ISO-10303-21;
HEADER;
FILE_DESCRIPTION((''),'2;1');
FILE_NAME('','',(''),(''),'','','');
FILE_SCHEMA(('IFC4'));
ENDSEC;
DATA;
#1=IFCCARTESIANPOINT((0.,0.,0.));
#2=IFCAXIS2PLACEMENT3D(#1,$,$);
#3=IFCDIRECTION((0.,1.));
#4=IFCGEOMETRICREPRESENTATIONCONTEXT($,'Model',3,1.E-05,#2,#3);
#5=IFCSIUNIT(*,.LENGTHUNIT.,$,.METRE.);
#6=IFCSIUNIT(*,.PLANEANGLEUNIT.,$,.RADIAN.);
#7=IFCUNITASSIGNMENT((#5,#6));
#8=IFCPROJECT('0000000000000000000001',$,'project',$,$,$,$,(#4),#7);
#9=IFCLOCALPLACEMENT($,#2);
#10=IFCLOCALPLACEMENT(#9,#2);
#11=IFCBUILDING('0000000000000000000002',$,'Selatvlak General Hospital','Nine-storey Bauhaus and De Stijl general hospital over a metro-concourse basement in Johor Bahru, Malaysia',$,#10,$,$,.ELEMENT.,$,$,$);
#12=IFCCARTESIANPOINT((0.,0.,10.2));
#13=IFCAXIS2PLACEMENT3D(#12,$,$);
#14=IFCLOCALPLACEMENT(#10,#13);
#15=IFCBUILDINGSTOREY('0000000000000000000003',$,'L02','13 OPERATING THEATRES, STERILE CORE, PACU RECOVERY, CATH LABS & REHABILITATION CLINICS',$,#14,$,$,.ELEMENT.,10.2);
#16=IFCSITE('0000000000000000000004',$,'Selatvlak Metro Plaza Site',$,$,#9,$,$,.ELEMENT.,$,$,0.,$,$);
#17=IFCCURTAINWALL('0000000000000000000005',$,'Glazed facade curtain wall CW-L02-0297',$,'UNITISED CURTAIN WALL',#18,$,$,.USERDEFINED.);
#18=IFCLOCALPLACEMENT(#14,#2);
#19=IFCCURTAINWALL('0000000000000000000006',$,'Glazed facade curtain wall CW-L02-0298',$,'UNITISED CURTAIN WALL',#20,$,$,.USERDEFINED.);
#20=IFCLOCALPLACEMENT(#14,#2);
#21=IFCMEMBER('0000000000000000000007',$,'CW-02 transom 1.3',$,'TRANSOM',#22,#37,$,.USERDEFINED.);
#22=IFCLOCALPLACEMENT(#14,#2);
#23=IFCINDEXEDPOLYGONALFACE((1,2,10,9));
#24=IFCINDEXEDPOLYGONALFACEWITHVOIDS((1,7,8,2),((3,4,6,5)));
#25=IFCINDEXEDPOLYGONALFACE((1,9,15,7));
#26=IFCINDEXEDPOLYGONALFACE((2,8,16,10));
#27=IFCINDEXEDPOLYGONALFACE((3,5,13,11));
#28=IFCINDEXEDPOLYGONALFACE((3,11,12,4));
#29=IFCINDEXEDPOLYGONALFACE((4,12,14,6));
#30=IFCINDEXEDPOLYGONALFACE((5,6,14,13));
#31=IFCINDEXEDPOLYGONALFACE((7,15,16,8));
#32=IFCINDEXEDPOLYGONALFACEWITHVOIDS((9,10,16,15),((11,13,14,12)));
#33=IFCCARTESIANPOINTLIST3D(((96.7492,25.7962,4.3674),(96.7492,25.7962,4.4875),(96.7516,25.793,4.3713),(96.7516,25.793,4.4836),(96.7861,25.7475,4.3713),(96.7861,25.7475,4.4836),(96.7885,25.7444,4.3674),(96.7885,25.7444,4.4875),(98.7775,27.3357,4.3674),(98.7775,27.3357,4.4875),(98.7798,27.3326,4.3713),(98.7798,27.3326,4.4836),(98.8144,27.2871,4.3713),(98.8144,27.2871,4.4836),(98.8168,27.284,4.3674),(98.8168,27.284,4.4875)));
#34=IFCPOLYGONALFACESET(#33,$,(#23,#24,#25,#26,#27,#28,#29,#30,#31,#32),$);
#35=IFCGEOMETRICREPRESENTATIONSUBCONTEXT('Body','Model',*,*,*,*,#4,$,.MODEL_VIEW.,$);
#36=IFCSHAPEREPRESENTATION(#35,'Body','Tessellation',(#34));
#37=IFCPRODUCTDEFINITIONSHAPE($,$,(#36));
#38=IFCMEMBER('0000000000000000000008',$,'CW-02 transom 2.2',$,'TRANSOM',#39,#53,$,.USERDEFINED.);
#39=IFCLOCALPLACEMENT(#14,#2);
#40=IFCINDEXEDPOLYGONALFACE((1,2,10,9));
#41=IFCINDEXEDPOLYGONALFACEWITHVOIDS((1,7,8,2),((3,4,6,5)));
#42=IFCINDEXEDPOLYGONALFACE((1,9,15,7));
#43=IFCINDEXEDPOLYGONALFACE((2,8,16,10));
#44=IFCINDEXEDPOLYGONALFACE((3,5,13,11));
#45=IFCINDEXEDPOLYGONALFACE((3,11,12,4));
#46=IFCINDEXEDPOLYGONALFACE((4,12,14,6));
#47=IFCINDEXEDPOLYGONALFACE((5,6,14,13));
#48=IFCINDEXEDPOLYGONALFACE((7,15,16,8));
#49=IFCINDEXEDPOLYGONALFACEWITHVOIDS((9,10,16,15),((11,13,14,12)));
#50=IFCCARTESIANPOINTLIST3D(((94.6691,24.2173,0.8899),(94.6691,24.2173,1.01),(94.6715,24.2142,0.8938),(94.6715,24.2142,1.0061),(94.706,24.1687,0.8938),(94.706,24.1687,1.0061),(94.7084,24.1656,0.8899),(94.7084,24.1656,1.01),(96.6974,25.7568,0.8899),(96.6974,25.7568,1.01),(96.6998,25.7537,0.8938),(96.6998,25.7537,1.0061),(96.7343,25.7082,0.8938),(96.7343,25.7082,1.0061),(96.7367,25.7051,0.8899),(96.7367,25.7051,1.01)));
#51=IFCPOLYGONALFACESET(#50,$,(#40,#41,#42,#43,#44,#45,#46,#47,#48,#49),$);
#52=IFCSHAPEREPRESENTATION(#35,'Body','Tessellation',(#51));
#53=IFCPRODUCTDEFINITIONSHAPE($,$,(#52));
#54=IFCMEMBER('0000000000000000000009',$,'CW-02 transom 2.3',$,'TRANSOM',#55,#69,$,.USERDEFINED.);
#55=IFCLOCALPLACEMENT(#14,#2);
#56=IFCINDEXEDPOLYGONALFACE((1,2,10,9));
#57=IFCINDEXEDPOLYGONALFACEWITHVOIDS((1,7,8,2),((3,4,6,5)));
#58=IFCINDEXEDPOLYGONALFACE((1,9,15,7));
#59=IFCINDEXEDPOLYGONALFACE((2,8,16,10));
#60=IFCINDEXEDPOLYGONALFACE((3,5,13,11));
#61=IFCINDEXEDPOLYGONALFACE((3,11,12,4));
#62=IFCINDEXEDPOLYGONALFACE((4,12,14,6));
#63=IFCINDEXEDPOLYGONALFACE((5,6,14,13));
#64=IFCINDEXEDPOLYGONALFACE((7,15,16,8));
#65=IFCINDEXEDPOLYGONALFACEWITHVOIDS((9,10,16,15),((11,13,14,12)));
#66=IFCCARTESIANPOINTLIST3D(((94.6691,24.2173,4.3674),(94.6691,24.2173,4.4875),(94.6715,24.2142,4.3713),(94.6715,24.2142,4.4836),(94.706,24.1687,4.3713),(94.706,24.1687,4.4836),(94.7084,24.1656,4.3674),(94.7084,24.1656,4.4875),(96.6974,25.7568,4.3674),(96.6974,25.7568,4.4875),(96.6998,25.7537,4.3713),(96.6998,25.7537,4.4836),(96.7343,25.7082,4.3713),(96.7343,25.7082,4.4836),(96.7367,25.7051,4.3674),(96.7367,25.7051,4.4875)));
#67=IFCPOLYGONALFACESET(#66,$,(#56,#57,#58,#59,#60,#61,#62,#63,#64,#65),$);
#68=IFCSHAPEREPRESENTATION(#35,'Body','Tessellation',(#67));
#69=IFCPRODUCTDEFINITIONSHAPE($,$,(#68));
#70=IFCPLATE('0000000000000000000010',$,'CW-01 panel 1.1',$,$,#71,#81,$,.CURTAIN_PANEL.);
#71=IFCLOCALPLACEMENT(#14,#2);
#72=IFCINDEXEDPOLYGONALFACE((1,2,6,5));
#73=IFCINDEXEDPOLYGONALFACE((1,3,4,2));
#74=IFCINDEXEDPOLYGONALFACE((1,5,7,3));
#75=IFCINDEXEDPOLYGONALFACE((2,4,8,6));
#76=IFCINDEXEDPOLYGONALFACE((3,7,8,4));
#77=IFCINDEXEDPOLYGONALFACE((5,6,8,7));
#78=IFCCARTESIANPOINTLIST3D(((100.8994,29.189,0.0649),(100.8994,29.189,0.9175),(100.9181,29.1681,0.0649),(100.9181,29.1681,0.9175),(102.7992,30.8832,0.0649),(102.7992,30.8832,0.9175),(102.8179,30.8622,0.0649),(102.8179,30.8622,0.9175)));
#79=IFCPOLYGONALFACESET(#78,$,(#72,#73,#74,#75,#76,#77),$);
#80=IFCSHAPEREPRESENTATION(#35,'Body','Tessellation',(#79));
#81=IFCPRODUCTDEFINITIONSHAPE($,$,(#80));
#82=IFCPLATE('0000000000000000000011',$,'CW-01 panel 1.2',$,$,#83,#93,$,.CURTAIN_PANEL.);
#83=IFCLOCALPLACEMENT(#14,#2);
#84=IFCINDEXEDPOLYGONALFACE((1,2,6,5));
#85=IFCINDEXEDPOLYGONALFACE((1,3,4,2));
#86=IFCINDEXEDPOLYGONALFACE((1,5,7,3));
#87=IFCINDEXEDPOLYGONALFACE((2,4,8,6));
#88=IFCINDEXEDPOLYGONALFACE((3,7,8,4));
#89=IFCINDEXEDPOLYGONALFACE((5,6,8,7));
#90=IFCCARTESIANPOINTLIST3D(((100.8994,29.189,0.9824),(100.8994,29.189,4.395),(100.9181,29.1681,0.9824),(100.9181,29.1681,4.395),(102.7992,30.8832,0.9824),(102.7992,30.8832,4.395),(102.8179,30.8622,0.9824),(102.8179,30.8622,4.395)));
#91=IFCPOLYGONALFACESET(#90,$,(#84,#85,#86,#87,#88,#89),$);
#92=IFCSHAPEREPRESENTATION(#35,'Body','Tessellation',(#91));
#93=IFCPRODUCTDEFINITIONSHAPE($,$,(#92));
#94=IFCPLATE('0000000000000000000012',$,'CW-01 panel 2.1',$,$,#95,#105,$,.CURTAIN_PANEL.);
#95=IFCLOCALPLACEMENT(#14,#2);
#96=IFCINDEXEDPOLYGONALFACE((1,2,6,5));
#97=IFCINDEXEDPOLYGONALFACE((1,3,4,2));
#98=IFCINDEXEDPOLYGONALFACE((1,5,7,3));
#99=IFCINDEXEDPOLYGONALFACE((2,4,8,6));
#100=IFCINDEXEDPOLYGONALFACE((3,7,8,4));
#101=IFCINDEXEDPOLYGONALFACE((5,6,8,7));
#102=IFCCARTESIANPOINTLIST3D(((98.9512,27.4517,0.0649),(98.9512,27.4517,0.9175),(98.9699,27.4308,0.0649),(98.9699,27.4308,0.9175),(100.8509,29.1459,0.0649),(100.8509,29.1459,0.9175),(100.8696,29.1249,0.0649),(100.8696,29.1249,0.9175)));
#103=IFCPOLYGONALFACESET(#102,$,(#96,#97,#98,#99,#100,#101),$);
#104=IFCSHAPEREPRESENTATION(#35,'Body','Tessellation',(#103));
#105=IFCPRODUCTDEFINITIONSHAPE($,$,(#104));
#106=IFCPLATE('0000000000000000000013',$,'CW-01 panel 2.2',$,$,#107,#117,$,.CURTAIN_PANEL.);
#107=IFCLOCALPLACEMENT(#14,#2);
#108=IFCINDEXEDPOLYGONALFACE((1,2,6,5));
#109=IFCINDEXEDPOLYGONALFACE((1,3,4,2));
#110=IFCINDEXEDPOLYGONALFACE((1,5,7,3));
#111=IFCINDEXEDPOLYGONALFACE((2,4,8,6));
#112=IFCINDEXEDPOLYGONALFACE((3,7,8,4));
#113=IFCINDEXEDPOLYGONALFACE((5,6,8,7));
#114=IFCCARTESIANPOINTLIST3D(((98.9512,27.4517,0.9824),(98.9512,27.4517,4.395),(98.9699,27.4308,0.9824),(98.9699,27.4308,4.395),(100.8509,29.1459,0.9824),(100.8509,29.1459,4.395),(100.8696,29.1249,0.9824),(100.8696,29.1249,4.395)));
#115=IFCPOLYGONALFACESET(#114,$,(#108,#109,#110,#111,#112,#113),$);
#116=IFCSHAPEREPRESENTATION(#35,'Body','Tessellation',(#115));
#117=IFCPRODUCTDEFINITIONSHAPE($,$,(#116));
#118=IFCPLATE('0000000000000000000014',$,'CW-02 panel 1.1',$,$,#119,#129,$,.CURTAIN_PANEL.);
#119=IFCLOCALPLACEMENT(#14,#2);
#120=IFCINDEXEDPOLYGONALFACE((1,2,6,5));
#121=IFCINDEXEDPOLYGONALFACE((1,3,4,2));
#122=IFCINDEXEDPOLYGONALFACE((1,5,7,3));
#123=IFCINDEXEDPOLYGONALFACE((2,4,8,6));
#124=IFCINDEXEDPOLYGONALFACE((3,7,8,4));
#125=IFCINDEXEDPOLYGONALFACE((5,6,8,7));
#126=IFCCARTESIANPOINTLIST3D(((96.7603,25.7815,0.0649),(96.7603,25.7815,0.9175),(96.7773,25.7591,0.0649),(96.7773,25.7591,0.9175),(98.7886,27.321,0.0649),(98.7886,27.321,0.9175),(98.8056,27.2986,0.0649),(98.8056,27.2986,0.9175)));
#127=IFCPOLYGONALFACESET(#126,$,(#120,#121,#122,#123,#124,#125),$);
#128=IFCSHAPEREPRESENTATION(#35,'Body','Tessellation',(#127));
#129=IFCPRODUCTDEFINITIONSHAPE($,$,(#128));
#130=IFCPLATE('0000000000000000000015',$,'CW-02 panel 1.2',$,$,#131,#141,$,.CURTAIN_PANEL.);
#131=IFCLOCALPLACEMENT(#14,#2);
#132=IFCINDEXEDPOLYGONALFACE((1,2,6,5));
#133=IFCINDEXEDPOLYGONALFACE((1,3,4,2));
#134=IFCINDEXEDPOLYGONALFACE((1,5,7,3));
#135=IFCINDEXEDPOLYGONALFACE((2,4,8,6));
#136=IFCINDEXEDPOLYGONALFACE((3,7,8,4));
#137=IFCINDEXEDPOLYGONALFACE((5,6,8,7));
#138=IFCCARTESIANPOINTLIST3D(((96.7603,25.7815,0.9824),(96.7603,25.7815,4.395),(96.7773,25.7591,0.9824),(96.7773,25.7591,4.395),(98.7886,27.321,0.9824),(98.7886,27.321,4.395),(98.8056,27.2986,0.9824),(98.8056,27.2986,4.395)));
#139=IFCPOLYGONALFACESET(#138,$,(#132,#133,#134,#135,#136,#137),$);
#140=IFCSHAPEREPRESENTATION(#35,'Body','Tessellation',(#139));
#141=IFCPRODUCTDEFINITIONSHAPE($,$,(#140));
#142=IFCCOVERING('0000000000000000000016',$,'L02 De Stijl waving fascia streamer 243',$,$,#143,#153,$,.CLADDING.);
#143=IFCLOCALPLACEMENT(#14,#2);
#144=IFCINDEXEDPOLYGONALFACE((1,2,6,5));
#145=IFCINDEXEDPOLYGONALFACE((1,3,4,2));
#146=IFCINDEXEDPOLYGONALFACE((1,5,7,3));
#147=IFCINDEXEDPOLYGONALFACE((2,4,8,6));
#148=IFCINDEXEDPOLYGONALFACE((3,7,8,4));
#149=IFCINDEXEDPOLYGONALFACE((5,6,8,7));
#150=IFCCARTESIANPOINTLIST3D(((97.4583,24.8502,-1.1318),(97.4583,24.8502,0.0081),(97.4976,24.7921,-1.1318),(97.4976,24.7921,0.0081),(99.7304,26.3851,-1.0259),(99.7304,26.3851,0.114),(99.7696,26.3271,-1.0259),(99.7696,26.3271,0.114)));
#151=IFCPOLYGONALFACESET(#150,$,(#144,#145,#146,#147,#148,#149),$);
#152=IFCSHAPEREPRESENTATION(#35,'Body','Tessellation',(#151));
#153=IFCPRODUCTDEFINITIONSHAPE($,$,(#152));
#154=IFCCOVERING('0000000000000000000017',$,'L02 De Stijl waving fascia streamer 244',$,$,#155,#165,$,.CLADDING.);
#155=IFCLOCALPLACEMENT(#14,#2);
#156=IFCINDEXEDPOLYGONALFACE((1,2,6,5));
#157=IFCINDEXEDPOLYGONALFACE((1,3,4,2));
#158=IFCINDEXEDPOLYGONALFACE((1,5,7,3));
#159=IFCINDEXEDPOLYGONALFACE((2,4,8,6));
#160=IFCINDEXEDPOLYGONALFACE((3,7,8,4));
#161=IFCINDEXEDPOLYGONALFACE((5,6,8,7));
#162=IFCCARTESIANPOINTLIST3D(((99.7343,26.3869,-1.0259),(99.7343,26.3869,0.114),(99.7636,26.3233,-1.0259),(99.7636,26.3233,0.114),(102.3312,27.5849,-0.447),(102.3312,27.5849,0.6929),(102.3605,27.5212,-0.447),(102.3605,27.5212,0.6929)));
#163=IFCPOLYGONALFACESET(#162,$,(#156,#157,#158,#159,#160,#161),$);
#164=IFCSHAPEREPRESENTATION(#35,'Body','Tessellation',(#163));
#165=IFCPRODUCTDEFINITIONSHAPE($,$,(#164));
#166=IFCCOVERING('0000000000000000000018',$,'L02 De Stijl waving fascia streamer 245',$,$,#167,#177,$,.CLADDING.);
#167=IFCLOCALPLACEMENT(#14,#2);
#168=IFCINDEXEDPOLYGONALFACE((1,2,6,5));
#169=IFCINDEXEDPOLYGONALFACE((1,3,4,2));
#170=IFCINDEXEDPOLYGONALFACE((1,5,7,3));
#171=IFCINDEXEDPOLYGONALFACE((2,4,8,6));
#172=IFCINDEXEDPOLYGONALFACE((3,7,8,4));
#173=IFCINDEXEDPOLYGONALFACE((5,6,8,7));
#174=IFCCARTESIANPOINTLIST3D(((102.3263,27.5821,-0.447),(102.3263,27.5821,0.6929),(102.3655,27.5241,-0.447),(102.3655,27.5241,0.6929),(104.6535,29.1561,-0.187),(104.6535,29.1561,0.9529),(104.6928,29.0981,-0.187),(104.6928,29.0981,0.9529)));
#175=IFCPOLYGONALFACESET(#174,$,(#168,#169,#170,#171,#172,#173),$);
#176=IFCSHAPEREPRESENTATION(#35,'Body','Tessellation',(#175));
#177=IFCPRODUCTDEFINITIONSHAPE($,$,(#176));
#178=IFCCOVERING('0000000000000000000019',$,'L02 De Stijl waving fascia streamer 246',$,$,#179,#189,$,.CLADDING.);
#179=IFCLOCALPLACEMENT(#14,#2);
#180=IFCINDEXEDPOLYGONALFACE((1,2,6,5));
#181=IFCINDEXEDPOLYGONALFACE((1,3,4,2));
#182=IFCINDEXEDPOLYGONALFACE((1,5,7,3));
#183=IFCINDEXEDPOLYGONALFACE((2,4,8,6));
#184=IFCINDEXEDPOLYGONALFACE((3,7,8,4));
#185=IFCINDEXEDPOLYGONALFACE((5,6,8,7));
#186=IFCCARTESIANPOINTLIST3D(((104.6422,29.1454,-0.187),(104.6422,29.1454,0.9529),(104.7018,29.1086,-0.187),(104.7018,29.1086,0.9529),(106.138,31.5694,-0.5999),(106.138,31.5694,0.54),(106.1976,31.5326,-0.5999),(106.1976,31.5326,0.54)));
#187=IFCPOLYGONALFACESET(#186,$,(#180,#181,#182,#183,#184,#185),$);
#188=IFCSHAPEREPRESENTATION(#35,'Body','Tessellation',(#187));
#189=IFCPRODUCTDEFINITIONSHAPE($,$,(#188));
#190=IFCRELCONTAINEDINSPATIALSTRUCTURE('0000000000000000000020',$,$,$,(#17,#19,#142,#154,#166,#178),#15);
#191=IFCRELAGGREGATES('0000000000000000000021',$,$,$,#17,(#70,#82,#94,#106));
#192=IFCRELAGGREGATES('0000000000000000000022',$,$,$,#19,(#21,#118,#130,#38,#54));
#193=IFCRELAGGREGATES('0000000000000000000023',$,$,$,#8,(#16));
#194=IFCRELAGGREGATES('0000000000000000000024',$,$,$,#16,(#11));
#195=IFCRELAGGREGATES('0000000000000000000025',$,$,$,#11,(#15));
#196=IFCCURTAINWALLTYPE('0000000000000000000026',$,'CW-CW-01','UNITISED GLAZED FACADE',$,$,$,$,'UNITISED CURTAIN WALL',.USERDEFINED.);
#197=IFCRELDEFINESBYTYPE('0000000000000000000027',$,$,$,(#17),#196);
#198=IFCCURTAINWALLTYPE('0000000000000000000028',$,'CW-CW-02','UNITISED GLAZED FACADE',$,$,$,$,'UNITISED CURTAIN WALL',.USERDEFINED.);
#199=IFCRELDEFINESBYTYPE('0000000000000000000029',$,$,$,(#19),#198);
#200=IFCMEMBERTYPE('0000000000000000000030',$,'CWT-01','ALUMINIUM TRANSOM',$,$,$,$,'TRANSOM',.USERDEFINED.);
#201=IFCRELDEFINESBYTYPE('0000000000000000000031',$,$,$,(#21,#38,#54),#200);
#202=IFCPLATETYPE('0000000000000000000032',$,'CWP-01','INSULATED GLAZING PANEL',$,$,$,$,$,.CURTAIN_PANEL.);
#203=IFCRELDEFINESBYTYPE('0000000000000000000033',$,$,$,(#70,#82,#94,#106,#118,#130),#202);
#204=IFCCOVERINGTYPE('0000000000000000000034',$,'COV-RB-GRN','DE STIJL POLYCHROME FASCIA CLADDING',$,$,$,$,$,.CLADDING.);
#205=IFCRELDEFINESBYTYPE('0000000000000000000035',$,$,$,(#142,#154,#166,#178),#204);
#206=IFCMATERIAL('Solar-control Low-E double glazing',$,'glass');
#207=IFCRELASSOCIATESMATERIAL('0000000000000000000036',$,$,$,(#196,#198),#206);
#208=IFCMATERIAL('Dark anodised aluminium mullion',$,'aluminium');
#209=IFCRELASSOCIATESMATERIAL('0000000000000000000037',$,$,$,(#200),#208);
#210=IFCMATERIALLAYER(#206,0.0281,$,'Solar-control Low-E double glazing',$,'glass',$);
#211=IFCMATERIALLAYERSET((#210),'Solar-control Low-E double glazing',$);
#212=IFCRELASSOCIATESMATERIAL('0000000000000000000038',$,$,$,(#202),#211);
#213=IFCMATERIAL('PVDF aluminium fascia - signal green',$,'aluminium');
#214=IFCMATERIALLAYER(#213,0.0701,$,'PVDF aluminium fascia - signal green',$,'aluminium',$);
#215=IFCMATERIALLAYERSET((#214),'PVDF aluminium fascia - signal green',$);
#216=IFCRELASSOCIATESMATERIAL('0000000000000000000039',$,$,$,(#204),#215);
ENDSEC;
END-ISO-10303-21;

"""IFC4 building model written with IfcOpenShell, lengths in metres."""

from ifc_helpers import new_model, si_unit, direction, frame, origin, origin_2d, place, context, subcontext, project, spatial, polyline, rectangle, hollow_rectangle, outline, extrude, material, layer, layer_set, material_profile, profile_set, type_object, element, aggregate, save


model = new_model("IFC4")

# Units and contexts
model_context = context("Model", 3, precision=1e-05, world=origin(), true_north=direction((0.0, 1.0)))
body_context = subcontext(model_context, "Body", "Model", "MODEL_VIEW")
ifc_project = project(units=[si_unit("LENGTHUNIT", "METRE"), si_unit("PLANEANGLEUNIT", "RADIAN")], contexts=[model_context])

# Site, building, storey
site_placement = place(None, origin())
site = spatial("IfcSite", under=ifc_project, at=site_placement, Name="Selatvlak Metro Plaza Site", CompositionType="ELEMENT", RefElevation=0.0)
building_placement = place(site_placement, origin())
building = spatial("IfcBuilding", under=site, at=building_placement, Name="Selatvlak General Hospital", Description="Nine-storey Bauhaus and De Stijl general hospital over a metro-concourse basement in Johor Bahru, Malaysia", CompositionType="ELEMENT")
storey_placement = place(building_placement, frame((0.0, 0.0, 10.2)))
storey = spatial("IfcBuildingStorey", under=building, at=storey_placement, Name="L02", Description="13 OPERATING THEATRES, STERILE CORE, PACU RECOVERY, CATH LABS & REHABILITATION CLINICS", CompositionType="ELEMENT", Elevation=10.2)

# Curtain walls
ifc_material_1 = material(Name="Solar-control Low-E double glazing", Category="glass")
curtain_wall_type_1 = type_object("IfcCurtainWallType", Name="CW-CW-01", Description="UNITISED GLAZED FACADE", ElementType="UNITISED CURTAIN WALL", PredefinedType="USERDEFINED", material=ifc_material_1)
curtain_wall_1_placement = place(storey_placement, origin())
curtain_wall_1 = element("IfcCurtainWall", 1, at=curtain_wall_1_placement, inside=storey, type_object=curtain_wall_type_1, Name="Glazed facade curtain wall CW-L02-0297", ObjectType="UNITISED CURTAIN WALL", PredefinedType="USERDEFINED")
ifc_material_2 = material(Name="Dark anodised aluminium mullion", Category="aluminium")
curtain_wall_type_2 = type_object("IfcCurtainWallType", Name="CW-CW-02", Description="UNITISED GLAZED FACADE", ElementType="UNITISED CURTAIN WALL", PredefinedType="USERDEFINED", material=ifc_material_1)
curtain_wall_2_placement = place(storey_placement, origin())
curtain_wall_2 = element("IfcCurtainWall", 2, at=curtain_wall_2_placement, inside=storey, type_object=curtain_wall_type_2, Name="Glazed facade curtain wall CW-L02-0298", ObjectType="UNITISED CURTAIN WALL", PredefinedType="USERDEFINED")

# Members
ifc_material_profile_1 = material_profile(ifc_material_2, hollow_rectangle(XDim=0.0649, YDim=0.1201, WallThickness=0.0039, at=origin_2d()), Name="AL-TRN 65x120x4")
ifc_profile_set_1 = profile_set([ifc_material_profile_1], Name="Dark anodised aluminium mullion")
member_type_1 = type_object("IfcMemberType", Name="CWT-01", Description="ALUMINIUM TRANSOM", ElementType="TRANSOM", PredefinedType="USERDEFINED", material=ifc_profile_set_1)
member_1_placement = place(storey_placement, frame((98.7971, 27.3098, 4.4275), z_axis=(-0.796535, -0.604592, 0.0), x_axis=(0.604592, -0.796535, 0.0)))
member_1 = element("IfcMember", 3, at=member_1_placement, type_object=member_type_1, Name="CW-02 transom 1.3", ObjectType="TRANSOM", PredefinedType="USERDEFINED", context=body_context, shape_type="SweptSolid", body=[
    extrude(hollow_rectangle(XDim=0.0649, YDim=0.1201, WallThickness=0.0039, at=origin_2d()), origin(), (0.0, 0.0, 1.0), 2.5464),
])
member_2_placement = place(storey_placement, frame((96.717, 25.731, 0.95), z_axis=(-0.796535, -0.604592, 0.0), x_axis=(0.604592, -0.796535, 0.0)))
member_2 = element("IfcMember", 4, at=member_2_placement, type_object=member_type_1, Name="CW-02 transom 2.2", ObjectType="TRANSOM", PredefinedType="USERDEFINED", context=body_context, shape_type="SweptSolid", body=[
    extrude(hollow_rectangle(XDim=0.0649, YDim=0.1201, WallThickness=0.0039, at=origin_2d()), origin(), (0.0, 0.0, 1.0), 2.5464),
])
member_3_placement = place(storey_placement, frame((96.717, 25.731, 4.4275), z_axis=(-0.796535, -0.604592, 0.0), x_axis=(0.604592, -0.796535, 0.0)))
member_3 = element("IfcMember", 5, at=member_3_placement, type_object=member_type_1, Name="CW-02 transom 2.3", ObjectType="TRANSOM", PredefinedType="USERDEFINED", context=body_context, shape_type="SweptSolid", body=[
    extrude(hollow_rectangle(XDim=0.0649, YDim=0.1201, WallThickness=0.0039, at=origin_2d()), origin(), (0.0, 0.0, 1.0), 2.5464),
])

# Plates
ifc_layer_1 = layer(ifc_material_1, 0.0281, Name="Solar-control Low-E double glazing", Category="glass")
ifc_layer_set_1 = layer_set([ifc_layer_1], Name="Solar-control Low-E double glazing")
plate_type = type_object("IfcPlateType", Name="CWP-01", Description="INSULATED GLAZING PANEL", PredefinedType="CURTAIN_PANEL", material=ifc_layer_set_1)
plate_1_placement = place(storey_placement, frame((101.8586, 30.0256, 0.0649), z_axis=(0.0, 0.0, 1.0), x_axis=(-0.746344, -0.665561, 0.0)))
plate_1 = element("IfcPlate", 6, at=plate_1_placement, type_object=plate_type, Name="CW-01 panel 1.1", PredefinedType="CURTAIN_PANEL", context=body_context, shape_type="SweptSolid", body=[
    extrude(rectangle(XDim=2.5454, YDim=0.0281, at=origin_2d()), origin(), (0.0, 0.0, 1.0), 0.8525),
])
plate_2_placement = place(storey_placement, frame((101.8586, 30.0256, 0.9824), z_axis=(0.0, 0.0, 1.0), x_axis=(-0.746344, -0.665561, 0.0)))
plate_2 = element("IfcPlate", 7, at=plate_2_placement, type_object=plate_type, Name="CW-01 panel 1.2", PredefinedType="CURTAIN_PANEL", context=body_context, shape_type="SweptSolid", body=[
    extrude(rectangle(XDim=2.5454, YDim=0.0281, at=origin_2d()), origin(), (0.0, 0.0, 1.0), 3.4126),
])
plate_3_placement = place(storey_placement, frame((99.9104, 28.2883, 0.0649), z_axis=(0.0, 0.0, 1.0), x_axis=(-0.746344, -0.665561, 0.0)))
plate_3 = element("IfcPlate", 8, at=plate_3_placement, type_object=plate_type, Name="CW-01 panel 2.1", PredefinedType="CURTAIN_PANEL", context=body_context, shape_type="SweptSolid", body=[
    extrude(rectangle(XDim=2.5454, YDim=0.0281, at=origin_2d()), origin(), (0.0, 0.0, 1.0), 0.8525),
])
plate_4_placement = place(storey_placement, frame((99.9104, 28.2883, 0.9824), z_axis=(0.0, 0.0, 1.0), x_axis=(-0.746344, -0.665561, 0.0)))
plate_4 = element("IfcPlate", 9, at=plate_4_placement, type_object=plate_type, Name="CW-01 panel 2.2", PredefinedType="CURTAIN_PANEL", context=body_context, shape_type="SweptSolid", body=[
    extrude(rectangle(XDim=2.5454, YDim=0.0281, at=origin_2d()), origin(), (0.0, 0.0, 1.0), 3.4126),
])
aggregate(curtain_wall_1, [plate_1, plate_2, plate_3, plate_4])
plate_5_placement = place(storey_placement, frame((97.783, 26.54, 0.0649), z_axis=(0.0, 0.0, 1.0), x_axis=(-0.796537, -0.604589, 0.0)))
plate_5 = element("IfcPlate", 10, at=plate_5_placement, type_object=plate_type, Name="CW-02 panel 1.1", PredefinedType="CURTAIN_PANEL", context=body_context, shape_type="SweptSolid", body=[
    extrude(rectangle(XDim=2.5464, YDim=0.0281, at=origin_2d()), origin(), (0.0, 0.0, 1.0), 0.8525),
])
plate_6_placement = place(storey_placement, frame((97.783, 26.54, 0.9824), z_axis=(0.0, 0.0, 1.0), x_axis=(-0.796537, -0.604589, 0.0)))
plate_6 = element("IfcPlate", 11, at=plate_6_placement, type_object=plate_type, Name="CW-02 panel 1.2", PredefinedType="CURTAIN_PANEL", context=body_context, shape_type="SweptSolid", body=[
    extrude(rectangle(XDim=2.5464, YDim=0.0281, at=origin_2d()), origin(), (0.0, 0.0, 1.0), 3.4126),
])
aggregate(curtain_wall_2, [member_1, plate_5, plate_6, member_2, member_3])

# Coverings
ifc_material_3 = material(Name="PVDF aluminium fascia - signal green", Category="aluminium")
ifc_layer_2 = layer(ifc_material_3, 0.0701, Name="PVDF aluminium fascia - signal green", Category="aluminium")
ifc_layer_set_2 = layer_set([ifc_layer_2], Name="PVDF aluminium fascia - signal green")
covering_type = type_object("IfcCoveringType", Name="COV-RB-GRN", Description="DE STIJL POLYCHROME FASCIA CLADDING", PredefinedType="CLADDING", material=ifc_layer_set_2)
covering_1_placement = place(storey_placement, frame((97.478, 24.821, -1.1318), z_axis=(0.0, 0.0, 1.0), x_axis=(0.828624, 0.559806, 0.0)))
element("IfcCovering", 12, at=covering_1_placement, inside=storey, type_object=covering_type, Name="L02 De Stijl waving fascia streamer 243", PredefinedType="CLADDING", context=body_context, shape_type="SweptSolid", body=[
    extrude(outline(polyline([(0.0, 0.0), (2.7419, 0.106), (2.7419, 1.2458), (0.0, 1.1399), (0.0, 0.0)])), frame((0.0, 0.0352, 0.0), z_axis=(0.0, -1.0, 0.0), x_axis=(1.0, 0.0, 0.0)), (0.0, 0.0, 1.0), 0.0701),
])
covering_2_placement = place(storey_placement, frame((99.749, 26.355, -1.0259), z_axis=(0.0, 0.0, 1.0), x_axis=(0.908037, 0.41889, 0.0)))
element("IfcCovering", 13, at=covering_2_placement, inside=storey, type_object=covering_type, Name="L02 De Stijl waving fascia streamer 244", PredefinedType="CLADDING", context=body_context, shape_type="SweptSolid", body=[
    extrude(outline(polyline([(0.0, 0.0), (2.8599, 0.5789), (2.8599, 1.7188), (0.0, 1.1399), (0.0, 0.0)])), frame((0.0, 0.0352, 0.0), z_axis=(0.0, -1.0, 0.0), x_axis=(1.0, 0.0, 0.0)), (0.0, 0.0, 1.0), 0.0701),
])
covering_3_placement = place(storey_placement, frame((102.3459, 27.553, -0.447), z_axis=(0.0, 0.0, 1.0), x_axis=(0.828328, 0.560243, 0.0)))
element("IfcCovering", 14, at=covering_3_placement, inside=storey, type_object=covering_type, Name="L02 De Stijl waving fascia streamer 245", PredefinedType="CLADDING", context=body_context, shape_type="SweptSolid", body=[
    extrude(outline(polyline([(0.0, 0.0), (2.8096, 0.26), (2.8096, 1.3999), (0.0, 1.1399), (0.0, 0.0)])), frame((0.0, 0.0352, 0.0), z_axis=(0.0, -1.0, 0.0), x_axis=(1.0, 0.0, 0.0)), (0.0, 0.0, 1.0), 0.0701),
])
covering_4_placement = place(storey_placement, frame((104.6721, 29.127, -0.187), z_axis=(0.0, 0.0, 1.0), x_axis=(0.525144, 0.851013, 0.0)))
element("IfcCovering", 15, at=covering_4_placement, inside=storey, type_object=covering_type, Name="L02 De Stijl waving fascia streamer 246", PredefinedType="CLADDING", context=body_context, shape_type="SweptSolid", body=[
    extrude(outline(polyline([(0.0, 0.0), (2.8484, -0.4128), (2.8484, 0.7271), (0.0, 1.1399), (0.0, 0.0)])), frame((0.0, 0.0352, 0.0), z_axis=(0.0, -1.0, 0.0), x_axis=(1.0, 0.0, 0.0)), (0.0, 0.0, 1.0), 0.0701),
])

save(model, "model.ifc")
